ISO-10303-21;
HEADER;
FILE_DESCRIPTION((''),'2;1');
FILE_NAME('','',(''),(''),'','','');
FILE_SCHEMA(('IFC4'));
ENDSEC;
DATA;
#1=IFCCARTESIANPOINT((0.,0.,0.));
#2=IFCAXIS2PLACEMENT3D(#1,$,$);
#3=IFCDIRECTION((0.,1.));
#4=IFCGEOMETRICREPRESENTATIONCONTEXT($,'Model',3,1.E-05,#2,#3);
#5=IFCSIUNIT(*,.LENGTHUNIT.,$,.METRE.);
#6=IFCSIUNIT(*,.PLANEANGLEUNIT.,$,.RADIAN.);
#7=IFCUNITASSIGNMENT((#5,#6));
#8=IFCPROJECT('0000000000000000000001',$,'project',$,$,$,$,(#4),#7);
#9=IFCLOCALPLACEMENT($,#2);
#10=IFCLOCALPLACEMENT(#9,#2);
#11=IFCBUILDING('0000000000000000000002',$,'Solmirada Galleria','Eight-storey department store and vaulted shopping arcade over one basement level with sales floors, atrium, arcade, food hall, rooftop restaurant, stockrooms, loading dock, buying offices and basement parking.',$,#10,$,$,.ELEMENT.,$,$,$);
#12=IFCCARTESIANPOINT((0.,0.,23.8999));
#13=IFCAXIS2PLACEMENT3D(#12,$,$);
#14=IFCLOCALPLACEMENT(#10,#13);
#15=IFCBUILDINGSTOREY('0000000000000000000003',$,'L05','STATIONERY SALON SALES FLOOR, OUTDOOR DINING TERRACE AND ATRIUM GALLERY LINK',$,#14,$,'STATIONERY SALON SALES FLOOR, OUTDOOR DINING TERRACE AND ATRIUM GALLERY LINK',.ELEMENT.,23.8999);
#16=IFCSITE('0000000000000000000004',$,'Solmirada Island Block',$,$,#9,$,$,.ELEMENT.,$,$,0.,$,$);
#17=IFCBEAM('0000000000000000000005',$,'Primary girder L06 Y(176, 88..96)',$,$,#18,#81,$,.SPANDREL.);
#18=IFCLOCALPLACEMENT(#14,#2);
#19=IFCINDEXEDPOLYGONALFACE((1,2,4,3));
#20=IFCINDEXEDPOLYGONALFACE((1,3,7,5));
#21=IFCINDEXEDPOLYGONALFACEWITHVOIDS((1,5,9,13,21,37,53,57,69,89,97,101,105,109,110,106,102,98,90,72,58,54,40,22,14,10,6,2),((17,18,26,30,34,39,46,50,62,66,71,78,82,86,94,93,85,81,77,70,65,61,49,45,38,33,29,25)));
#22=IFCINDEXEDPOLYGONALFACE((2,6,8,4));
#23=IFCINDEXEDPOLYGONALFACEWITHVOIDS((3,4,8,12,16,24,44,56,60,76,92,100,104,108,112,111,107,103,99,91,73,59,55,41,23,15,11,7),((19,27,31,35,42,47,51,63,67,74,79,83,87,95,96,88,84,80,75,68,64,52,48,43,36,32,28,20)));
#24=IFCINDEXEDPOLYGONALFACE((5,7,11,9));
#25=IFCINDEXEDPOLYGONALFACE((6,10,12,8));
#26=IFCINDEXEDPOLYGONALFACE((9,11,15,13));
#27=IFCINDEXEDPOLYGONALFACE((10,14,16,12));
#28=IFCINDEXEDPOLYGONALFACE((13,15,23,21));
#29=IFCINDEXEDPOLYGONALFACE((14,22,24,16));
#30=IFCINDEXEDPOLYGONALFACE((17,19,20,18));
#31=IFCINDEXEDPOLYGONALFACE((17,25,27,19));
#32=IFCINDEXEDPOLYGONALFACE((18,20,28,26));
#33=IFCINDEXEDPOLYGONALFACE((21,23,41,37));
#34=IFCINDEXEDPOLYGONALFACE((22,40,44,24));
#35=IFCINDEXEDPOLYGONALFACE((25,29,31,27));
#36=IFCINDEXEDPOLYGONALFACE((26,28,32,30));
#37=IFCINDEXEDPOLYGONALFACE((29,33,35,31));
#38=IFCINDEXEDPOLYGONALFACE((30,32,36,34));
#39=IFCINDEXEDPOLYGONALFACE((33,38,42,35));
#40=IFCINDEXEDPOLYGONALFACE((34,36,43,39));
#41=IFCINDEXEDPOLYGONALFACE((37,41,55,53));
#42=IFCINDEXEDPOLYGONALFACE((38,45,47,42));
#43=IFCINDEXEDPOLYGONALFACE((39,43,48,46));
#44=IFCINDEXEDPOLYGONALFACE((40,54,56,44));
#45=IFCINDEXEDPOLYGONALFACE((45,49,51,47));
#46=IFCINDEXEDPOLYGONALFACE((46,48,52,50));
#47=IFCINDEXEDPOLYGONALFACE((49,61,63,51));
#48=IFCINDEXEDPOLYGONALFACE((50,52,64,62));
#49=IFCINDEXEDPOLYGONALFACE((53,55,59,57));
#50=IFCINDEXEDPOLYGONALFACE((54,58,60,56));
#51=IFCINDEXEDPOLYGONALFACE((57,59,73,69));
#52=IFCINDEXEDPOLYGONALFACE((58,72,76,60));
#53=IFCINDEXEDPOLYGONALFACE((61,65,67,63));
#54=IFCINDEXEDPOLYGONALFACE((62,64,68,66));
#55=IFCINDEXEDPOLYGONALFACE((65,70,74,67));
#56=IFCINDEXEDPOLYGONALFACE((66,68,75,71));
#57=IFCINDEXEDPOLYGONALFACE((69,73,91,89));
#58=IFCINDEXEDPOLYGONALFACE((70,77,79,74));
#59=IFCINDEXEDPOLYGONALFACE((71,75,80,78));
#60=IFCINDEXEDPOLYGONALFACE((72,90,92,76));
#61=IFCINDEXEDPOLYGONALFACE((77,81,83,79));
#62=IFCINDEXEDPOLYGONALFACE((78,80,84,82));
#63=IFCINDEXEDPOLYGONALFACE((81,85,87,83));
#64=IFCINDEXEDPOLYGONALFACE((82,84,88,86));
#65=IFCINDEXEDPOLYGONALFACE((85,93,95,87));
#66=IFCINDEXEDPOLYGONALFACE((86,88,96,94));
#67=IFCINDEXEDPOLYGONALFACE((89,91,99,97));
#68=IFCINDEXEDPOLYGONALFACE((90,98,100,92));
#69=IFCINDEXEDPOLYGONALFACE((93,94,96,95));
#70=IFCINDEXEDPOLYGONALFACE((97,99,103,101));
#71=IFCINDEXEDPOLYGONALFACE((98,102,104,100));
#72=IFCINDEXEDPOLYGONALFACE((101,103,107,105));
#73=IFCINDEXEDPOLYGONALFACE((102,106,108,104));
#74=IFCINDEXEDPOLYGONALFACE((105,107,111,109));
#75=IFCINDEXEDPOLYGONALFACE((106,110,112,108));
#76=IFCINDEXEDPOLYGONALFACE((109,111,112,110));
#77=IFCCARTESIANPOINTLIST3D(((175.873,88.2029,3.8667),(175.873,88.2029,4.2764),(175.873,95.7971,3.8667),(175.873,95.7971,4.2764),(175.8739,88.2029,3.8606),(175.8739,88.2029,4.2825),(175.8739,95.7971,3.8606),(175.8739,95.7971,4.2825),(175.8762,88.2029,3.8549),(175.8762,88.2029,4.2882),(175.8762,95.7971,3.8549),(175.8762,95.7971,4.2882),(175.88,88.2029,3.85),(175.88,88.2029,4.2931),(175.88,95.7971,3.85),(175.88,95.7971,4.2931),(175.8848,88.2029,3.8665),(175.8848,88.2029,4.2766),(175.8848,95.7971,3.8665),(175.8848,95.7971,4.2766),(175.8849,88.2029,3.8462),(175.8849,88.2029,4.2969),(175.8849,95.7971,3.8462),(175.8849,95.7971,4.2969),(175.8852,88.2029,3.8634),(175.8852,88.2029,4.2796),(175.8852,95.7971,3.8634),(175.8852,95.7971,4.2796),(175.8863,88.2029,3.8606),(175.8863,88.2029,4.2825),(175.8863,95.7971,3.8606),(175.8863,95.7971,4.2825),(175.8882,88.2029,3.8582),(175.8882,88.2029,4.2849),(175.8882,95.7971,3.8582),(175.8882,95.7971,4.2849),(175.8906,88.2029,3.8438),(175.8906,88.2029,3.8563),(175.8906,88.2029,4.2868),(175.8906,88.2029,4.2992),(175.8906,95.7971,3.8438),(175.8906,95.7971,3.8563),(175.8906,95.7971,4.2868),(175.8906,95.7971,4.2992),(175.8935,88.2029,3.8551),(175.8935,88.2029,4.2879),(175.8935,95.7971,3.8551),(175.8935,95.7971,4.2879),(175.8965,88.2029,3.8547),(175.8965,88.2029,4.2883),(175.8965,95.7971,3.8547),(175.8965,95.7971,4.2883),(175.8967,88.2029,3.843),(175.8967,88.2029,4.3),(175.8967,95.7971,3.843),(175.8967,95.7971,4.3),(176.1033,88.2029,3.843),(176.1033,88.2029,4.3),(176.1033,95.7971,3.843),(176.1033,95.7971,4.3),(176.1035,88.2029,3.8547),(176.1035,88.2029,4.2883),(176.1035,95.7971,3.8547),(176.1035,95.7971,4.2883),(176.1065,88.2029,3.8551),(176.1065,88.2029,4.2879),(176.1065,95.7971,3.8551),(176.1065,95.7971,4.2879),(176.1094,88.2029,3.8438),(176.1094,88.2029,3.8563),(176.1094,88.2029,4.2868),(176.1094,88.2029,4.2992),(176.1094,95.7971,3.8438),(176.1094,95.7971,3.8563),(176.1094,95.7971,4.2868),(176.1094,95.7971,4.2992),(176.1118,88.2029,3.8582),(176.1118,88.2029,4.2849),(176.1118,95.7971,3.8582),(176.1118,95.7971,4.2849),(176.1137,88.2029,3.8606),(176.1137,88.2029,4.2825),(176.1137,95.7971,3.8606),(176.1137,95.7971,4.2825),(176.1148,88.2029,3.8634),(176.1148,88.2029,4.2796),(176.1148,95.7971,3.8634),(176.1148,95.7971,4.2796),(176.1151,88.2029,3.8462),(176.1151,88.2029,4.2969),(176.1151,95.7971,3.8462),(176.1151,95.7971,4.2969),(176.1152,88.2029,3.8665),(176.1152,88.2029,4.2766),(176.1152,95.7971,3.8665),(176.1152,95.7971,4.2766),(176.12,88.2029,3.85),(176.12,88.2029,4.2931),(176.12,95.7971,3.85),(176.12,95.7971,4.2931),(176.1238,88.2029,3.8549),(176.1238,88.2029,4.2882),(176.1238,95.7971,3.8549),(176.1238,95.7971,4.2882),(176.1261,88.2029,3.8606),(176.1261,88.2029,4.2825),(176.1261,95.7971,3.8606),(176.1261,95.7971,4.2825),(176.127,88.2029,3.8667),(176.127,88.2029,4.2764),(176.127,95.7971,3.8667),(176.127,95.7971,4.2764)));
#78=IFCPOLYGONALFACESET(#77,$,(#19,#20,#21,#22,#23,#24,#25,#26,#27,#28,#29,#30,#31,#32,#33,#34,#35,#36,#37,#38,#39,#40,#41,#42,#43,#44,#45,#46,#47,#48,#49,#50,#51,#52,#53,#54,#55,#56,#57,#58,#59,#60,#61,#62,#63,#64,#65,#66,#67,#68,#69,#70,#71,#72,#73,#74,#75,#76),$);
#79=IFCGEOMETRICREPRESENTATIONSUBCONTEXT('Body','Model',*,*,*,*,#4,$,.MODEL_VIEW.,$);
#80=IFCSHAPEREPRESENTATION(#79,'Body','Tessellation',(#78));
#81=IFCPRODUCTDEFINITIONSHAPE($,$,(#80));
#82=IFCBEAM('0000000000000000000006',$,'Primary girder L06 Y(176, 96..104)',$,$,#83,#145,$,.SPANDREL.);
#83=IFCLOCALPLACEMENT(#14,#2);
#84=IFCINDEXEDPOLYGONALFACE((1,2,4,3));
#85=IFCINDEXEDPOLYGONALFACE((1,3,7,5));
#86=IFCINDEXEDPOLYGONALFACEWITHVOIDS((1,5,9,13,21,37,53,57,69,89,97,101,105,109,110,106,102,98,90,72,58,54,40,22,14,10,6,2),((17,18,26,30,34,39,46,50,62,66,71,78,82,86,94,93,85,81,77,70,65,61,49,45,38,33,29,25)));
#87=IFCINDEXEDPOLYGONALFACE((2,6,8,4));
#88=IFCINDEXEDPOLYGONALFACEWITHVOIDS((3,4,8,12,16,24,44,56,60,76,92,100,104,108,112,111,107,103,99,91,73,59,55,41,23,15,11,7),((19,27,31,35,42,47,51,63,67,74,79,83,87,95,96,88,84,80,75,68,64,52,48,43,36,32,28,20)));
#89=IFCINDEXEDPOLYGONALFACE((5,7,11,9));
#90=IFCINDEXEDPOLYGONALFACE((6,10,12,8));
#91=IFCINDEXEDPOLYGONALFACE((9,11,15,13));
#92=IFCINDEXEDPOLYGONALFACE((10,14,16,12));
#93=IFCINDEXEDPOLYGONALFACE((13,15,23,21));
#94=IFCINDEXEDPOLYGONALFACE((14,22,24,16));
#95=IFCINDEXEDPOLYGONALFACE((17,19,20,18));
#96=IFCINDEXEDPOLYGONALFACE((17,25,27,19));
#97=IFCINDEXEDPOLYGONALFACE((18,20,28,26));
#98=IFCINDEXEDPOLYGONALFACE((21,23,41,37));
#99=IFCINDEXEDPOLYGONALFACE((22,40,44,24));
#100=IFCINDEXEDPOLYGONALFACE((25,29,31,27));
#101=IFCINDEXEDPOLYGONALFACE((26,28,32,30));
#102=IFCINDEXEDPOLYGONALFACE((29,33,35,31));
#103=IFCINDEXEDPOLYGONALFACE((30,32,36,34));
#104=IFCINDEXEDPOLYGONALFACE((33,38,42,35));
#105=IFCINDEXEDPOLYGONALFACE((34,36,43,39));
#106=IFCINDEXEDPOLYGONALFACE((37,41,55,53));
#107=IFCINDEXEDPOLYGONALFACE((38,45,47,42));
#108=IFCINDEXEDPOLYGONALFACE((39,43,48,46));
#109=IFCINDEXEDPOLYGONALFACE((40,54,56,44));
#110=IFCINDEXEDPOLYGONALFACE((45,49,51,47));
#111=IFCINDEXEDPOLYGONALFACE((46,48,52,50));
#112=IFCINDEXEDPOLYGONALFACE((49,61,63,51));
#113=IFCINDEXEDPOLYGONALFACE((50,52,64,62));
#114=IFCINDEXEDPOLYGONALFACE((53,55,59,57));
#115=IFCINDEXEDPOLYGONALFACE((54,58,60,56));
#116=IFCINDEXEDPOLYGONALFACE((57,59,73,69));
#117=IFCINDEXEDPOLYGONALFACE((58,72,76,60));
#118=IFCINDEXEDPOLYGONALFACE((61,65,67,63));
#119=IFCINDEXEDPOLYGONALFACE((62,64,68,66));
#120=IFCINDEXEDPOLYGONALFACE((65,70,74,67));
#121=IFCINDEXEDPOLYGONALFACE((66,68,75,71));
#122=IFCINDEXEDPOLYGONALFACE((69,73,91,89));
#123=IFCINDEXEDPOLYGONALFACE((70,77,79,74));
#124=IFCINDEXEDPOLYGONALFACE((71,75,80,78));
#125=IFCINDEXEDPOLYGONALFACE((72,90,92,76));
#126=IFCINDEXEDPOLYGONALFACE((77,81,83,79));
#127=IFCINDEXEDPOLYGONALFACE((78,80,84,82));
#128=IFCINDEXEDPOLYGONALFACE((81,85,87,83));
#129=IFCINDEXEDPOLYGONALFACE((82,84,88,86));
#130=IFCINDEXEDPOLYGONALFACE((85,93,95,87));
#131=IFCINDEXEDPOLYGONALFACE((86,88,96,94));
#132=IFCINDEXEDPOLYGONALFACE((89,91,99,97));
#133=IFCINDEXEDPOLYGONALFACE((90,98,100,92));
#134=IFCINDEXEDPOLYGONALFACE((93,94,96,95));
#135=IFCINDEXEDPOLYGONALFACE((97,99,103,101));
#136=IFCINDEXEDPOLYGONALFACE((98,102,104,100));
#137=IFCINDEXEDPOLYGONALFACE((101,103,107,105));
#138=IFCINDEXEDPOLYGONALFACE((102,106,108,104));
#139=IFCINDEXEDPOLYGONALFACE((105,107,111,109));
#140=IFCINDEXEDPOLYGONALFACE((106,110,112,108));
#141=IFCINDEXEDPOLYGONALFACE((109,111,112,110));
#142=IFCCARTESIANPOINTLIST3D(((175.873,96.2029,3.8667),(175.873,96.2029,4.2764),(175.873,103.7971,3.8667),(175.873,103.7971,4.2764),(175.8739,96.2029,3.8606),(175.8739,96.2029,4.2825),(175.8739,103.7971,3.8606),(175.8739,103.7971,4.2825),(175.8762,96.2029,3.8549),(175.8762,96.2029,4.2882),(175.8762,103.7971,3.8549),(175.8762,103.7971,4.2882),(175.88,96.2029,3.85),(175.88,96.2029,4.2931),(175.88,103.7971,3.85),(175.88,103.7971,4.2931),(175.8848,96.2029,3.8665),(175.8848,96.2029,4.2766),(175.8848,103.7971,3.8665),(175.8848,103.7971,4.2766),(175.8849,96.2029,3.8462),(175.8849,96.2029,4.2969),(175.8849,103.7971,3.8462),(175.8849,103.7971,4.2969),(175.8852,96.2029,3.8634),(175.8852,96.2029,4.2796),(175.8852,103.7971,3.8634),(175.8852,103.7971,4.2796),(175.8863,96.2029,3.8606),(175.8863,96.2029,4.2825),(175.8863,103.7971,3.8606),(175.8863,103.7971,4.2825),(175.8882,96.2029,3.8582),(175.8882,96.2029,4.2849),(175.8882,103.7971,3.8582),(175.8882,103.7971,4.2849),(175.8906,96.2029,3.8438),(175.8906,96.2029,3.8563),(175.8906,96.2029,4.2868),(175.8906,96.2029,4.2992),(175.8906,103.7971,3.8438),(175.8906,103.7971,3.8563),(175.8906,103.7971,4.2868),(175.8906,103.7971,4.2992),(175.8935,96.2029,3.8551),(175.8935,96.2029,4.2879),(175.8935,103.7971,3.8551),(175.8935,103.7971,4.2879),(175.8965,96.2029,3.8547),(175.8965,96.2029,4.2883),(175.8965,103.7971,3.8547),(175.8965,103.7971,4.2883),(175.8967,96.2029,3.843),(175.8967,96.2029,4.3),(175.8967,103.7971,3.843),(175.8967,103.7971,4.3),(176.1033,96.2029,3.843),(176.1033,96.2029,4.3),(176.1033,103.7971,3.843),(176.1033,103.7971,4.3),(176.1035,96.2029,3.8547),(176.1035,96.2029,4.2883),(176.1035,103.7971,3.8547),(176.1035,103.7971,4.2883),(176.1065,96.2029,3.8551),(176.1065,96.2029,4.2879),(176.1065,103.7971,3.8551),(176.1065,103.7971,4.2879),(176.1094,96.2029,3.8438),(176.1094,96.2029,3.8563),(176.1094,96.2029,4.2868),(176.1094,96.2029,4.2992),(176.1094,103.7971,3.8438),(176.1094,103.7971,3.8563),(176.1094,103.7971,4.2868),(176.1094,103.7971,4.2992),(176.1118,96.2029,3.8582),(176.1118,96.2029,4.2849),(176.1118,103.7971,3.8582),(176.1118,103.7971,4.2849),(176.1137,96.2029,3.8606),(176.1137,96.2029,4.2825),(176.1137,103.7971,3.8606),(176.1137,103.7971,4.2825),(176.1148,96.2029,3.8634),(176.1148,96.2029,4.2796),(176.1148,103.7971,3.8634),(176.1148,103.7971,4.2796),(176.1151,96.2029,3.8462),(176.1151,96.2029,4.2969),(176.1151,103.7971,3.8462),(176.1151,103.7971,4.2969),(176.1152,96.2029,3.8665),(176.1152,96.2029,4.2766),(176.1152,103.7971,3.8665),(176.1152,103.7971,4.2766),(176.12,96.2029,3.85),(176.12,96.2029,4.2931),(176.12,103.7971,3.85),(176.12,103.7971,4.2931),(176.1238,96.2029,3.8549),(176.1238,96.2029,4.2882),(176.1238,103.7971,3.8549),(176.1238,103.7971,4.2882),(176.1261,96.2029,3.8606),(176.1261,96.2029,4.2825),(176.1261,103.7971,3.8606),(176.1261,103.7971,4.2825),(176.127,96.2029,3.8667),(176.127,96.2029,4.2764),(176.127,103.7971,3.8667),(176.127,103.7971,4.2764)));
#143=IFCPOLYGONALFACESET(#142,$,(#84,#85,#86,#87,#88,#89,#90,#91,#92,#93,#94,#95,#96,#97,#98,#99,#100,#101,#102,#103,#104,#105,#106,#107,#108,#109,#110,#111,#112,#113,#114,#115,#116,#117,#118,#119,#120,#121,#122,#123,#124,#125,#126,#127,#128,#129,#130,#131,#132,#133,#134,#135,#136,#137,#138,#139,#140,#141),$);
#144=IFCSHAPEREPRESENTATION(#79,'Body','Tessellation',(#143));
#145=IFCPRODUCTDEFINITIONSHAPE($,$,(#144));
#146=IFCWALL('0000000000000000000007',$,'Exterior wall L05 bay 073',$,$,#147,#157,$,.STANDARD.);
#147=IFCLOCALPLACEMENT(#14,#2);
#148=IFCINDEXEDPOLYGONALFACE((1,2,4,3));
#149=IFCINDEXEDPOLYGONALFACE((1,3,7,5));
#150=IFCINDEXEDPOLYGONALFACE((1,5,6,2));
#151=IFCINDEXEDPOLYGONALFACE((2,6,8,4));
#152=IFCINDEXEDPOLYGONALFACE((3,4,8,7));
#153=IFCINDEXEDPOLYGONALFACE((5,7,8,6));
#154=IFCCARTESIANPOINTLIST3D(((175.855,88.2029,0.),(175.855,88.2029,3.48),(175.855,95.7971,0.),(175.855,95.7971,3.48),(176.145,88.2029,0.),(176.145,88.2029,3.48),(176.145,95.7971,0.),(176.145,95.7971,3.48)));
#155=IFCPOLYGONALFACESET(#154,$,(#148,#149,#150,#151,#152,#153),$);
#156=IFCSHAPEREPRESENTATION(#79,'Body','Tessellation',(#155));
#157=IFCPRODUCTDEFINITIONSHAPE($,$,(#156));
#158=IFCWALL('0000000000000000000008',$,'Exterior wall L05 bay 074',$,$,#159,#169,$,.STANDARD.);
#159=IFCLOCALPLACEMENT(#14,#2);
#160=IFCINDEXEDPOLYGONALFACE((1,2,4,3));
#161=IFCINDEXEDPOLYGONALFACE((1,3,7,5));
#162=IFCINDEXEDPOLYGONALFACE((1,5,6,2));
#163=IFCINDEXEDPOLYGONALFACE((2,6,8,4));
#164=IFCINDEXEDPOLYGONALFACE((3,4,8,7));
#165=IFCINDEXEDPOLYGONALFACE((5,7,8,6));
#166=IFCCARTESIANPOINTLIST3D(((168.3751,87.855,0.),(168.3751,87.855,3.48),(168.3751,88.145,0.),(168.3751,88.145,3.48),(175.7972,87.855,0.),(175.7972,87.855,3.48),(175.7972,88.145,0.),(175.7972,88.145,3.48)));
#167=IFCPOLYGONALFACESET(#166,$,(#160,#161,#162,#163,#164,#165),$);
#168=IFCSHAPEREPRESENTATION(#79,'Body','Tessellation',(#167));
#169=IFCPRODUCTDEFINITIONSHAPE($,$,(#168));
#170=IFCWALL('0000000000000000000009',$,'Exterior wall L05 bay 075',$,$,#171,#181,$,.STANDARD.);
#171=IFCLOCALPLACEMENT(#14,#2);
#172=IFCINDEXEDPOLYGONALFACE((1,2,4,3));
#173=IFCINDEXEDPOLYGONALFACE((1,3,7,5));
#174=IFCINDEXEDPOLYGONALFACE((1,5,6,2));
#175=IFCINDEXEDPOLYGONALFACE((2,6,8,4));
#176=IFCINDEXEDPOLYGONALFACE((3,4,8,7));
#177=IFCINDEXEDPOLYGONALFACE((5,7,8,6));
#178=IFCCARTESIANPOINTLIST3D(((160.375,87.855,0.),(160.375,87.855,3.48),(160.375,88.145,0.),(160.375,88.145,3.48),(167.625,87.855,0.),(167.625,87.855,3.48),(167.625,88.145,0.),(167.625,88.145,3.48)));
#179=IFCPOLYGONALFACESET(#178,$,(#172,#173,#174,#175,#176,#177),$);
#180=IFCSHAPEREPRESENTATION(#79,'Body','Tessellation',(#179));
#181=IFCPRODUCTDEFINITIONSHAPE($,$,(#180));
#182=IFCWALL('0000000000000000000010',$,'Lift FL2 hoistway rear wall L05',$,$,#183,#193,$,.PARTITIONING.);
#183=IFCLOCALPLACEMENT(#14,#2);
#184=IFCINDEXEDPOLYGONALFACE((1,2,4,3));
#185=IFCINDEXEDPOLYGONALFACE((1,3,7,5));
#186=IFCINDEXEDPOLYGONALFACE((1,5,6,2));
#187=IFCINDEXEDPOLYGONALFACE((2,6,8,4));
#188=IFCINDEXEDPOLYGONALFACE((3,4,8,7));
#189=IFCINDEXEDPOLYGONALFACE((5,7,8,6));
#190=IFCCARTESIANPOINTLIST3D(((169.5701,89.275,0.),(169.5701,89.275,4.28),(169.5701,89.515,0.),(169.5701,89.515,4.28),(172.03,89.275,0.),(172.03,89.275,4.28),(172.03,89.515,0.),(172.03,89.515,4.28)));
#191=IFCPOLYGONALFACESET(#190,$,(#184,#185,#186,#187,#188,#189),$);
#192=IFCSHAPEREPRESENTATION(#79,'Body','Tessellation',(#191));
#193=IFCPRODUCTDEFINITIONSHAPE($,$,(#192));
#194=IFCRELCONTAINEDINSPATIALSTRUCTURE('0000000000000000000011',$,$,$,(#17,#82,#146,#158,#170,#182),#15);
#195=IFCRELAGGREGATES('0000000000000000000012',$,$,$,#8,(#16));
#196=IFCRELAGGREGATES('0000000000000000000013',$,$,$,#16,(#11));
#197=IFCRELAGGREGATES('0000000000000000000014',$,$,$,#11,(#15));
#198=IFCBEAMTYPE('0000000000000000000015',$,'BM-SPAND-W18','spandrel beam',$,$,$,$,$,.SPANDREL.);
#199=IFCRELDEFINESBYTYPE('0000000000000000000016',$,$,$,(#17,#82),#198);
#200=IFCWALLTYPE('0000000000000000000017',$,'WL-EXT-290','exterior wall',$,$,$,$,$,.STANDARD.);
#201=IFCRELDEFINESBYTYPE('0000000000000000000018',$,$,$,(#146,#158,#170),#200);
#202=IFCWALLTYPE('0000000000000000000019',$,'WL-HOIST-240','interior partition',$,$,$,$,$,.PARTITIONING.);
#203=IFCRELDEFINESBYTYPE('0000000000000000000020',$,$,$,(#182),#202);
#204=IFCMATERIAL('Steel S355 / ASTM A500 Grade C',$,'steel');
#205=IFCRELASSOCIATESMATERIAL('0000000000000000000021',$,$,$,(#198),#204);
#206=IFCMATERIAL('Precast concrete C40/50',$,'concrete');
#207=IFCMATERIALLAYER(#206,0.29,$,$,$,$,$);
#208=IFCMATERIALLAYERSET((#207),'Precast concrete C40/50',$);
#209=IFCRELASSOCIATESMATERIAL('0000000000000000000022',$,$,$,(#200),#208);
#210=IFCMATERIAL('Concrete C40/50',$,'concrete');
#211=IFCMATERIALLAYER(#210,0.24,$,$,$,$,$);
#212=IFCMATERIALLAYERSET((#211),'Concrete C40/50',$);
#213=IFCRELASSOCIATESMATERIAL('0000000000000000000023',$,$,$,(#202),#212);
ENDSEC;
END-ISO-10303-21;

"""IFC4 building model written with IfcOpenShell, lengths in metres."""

from ifc_helpers import new_model, si_unit, direction, frame, frame_2d, origin, origin_2d, place, context, subcontext, project, spatial, rectangle, hollow_rectangle, extrude, material, layer, layer_set, material_profile, profile_set, type_object, element, save


model = new_model("IFC4")

# Units and contexts
model_context = context("Model", 3, precision=1e-05, world=origin(), true_north=direction((0.0, 1.0)))
body_context = subcontext(model_context, "Body", "Model", "MODEL_VIEW")
ifc_project = project(units=[si_unit("LENGTHUNIT", "METRE"), si_unit("PLANEANGLEUNIT", "RADIAN")], contexts=[model_context])

# Site, building, storey
site_placement = place(None, origin())
site = spatial("IfcSite", under=ifc_project, at=site_placement, Name="Solmirada Island Block", CompositionType="ELEMENT", RefElevation=0.0)
building_placement = place(site_placement, origin())
building = spatial("IfcBuilding", under=site, at=building_placement, Name="Solmirada Galleria", Description="Eight-storey department store and vaulted shopping arcade over one basement level with sales floors, atrium, arcade, food hall, rooftop restaurant, stockrooms, loading dock, buying offices and basement parking.", CompositionType="ELEMENT")
storey_placement = place(building_placement, frame((0.0, 0.0, 23.8999)))
storey = spatial("IfcBuildingStorey", under=building, at=storey_placement, Name="L05", Description="STATIONERY SALON SALES FLOOR, OUTDOOR DINING TERRACE AND ATRIUM GALLERY LINK", LongName="STATIONERY SALON SALES FLOOR, OUTDOOR DINING TERRACE AND ATRIUM GALLERY LINK", CompositionType="ELEMENT", Elevation=23.8999)

# Shared definitions
ifc_material_1 = material(Name="Steel S355 / ASTM A500 Grade C", Category="steel")
ifc_material_2 = material(Name="Concrete C40/50", Category="concrete")

# Beams
ifc_material_profile_1 = material_profile(ifc_material_1, hollow_rectangle(XDim=0.2539, YDim=0.457, WallThickness=0.0117, InnerFilletRadius=0.0117, OuterFilletRadius=0.0237, at=origin_2d()), Name="HSS18X10X1/2")
ifc_profile_set_1 = profile_set([ifc_material_profile_1], Name="Steel S355 / ASTM A500 Grade C")
beam_type_1 = type_object("IfcBeamType", Name="BM-SPAND-W18", Description="spandrel beam", PredefinedType="SPANDREL", material=ifc_profile_set_1)
for number, where, z_axis, x_axis, name in (
    (1, (176.0, 88.2029, 4.0715), (0.0, 1.0, 0.0), (-1.0, 0.0, 0.0), "Primary girder L06 Y(176, 88..96)"),
    (2, (176.0, 96.2029, 4.0715), (0.0, 1.0, 0.0), (-1.0, 0.0, 0.0), "Primary girder L06 Y(176, 96..104)"),
):
    element("IfcBeam", number, at=place(storey_placement, frame(where, z_axis=z_axis, x_axis=x_axis)), inside=storey, type_object=beam_type_1, Name=name, PredefinedType="SPANDREL", context=body_context, shape_type="SweptSolid", body=[
        extrude(hollow_rectangle(XDim=0.2539, YDim=0.457, WallThickness=0.0117, InnerFilletRadius=0.0117, OuterFilletRadius=0.0237, at=origin_2d()), origin(), (0.0, 0.0, 1.0), 7.5942),
    ])

# Walls
ifc_material_3 = material(Name="Precast concrete C40/50", Category="concrete")
ifc_layer_1 = layer(ifc_material_3, 0.29)
ifc_layer_set_1 = layer_set([ifc_layer_1], Name="Precast concrete C40/50")
wall_type_1 = type_object("IfcWallType", Name="WL-EXT-290", Description="exterior wall", PredefinedType="STANDARD", material=ifc_layer_set_1)
wall_1_placement = place(storey_placement, frame((176.0, 95.7971, 0.0), z_axis=(0.0, 0.0, 1.0), x_axis=(0.0, -1.0, 0.0)))
element("IfcWall", 3, at=wall_1_placement, inside=storey, type_object=wall_type_1, Name="Exterior wall L05 bay 073", PredefinedType="STANDARD", context=body_context, shape_type="SweptSolid", body=[
    extrude(rectangle(XDim=7.5942, YDim=0.29, at=frame_2d((3.7971, 0.0))), origin(), (0.0, 0.0, 1.0), 3.48),
])
wall_2_placement = place(storey_placement, frame((175.7971, 88.0, 0.0), z_axis=(0.0, 0.0, 1.0), x_axis=(-1.0, 0.0, 0.0)))
element("IfcWall", 4, at=wall_2_placement, inside=storey, type_object=wall_type_1, Name="Exterior wall L05 bay 074", PredefinedType="STANDARD", context=body_context, shape_type="SweptSolid", body=[
    extrude(rectangle(XDim=7.4221, YDim=0.29, at=frame_2d((3.7109, 0.0))), origin(), (0.0, 0.0, 1.0), 3.48),
])
wall_3_placement = place(storey_placement, frame((167.625, 88.0, 0.0), z_axis=(0.0, 0.0, 1.0), x_axis=(-1.0, 0.0, 0.0)))
element("IfcWall", 5, at=wall_3_placement, inside=storey, type_object=wall_type_1, Name="Exterior wall L05 bay 075", PredefinedType="STANDARD", context=body_context, shape_type="SweptSolid", body=[
    extrude(rectangle(XDim=7.25, YDim=0.29, at=frame_2d((3.625, 0.0))), origin(), (0.0, 0.0, 1.0), 3.48),
])

# Shared definitions
ifc_layer_2 = layer(ifc_material_2, 0.24)
ifc_layer_set_2 = layer_set([ifc_layer_2], Name="Concrete C40/50")
wall_type_2 = type_object("IfcWallType", Name="WL-HOIST-240", Description="interior partition", PredefinedType="PARTITIONING", material=ifc_layer_set_2)

# Wall
wall_4_placement = place(storey_placement, frame((169.5701, 89.395, 0.0), z_axis=(0.0, 0.0, 1.0), x_axis=(1.0, 0.0, 0.0)))
element("IfcWall", 6, at=wall_4_placement, inside=storey, type_object=wall_type_2, Name="Lift FL2 hoistway rear wall L05", PredefinedType="PARTITIONING", context=body_context, shape_type="SweptSolid", body=[
    extrude(rectangle(XDim=2.46, YDim=0.24, at=frame_2d((1.23, 0.0))), origin(), (0.0, 0.0, 1.0), 4.28),
])

save(model, "model.ifc")
